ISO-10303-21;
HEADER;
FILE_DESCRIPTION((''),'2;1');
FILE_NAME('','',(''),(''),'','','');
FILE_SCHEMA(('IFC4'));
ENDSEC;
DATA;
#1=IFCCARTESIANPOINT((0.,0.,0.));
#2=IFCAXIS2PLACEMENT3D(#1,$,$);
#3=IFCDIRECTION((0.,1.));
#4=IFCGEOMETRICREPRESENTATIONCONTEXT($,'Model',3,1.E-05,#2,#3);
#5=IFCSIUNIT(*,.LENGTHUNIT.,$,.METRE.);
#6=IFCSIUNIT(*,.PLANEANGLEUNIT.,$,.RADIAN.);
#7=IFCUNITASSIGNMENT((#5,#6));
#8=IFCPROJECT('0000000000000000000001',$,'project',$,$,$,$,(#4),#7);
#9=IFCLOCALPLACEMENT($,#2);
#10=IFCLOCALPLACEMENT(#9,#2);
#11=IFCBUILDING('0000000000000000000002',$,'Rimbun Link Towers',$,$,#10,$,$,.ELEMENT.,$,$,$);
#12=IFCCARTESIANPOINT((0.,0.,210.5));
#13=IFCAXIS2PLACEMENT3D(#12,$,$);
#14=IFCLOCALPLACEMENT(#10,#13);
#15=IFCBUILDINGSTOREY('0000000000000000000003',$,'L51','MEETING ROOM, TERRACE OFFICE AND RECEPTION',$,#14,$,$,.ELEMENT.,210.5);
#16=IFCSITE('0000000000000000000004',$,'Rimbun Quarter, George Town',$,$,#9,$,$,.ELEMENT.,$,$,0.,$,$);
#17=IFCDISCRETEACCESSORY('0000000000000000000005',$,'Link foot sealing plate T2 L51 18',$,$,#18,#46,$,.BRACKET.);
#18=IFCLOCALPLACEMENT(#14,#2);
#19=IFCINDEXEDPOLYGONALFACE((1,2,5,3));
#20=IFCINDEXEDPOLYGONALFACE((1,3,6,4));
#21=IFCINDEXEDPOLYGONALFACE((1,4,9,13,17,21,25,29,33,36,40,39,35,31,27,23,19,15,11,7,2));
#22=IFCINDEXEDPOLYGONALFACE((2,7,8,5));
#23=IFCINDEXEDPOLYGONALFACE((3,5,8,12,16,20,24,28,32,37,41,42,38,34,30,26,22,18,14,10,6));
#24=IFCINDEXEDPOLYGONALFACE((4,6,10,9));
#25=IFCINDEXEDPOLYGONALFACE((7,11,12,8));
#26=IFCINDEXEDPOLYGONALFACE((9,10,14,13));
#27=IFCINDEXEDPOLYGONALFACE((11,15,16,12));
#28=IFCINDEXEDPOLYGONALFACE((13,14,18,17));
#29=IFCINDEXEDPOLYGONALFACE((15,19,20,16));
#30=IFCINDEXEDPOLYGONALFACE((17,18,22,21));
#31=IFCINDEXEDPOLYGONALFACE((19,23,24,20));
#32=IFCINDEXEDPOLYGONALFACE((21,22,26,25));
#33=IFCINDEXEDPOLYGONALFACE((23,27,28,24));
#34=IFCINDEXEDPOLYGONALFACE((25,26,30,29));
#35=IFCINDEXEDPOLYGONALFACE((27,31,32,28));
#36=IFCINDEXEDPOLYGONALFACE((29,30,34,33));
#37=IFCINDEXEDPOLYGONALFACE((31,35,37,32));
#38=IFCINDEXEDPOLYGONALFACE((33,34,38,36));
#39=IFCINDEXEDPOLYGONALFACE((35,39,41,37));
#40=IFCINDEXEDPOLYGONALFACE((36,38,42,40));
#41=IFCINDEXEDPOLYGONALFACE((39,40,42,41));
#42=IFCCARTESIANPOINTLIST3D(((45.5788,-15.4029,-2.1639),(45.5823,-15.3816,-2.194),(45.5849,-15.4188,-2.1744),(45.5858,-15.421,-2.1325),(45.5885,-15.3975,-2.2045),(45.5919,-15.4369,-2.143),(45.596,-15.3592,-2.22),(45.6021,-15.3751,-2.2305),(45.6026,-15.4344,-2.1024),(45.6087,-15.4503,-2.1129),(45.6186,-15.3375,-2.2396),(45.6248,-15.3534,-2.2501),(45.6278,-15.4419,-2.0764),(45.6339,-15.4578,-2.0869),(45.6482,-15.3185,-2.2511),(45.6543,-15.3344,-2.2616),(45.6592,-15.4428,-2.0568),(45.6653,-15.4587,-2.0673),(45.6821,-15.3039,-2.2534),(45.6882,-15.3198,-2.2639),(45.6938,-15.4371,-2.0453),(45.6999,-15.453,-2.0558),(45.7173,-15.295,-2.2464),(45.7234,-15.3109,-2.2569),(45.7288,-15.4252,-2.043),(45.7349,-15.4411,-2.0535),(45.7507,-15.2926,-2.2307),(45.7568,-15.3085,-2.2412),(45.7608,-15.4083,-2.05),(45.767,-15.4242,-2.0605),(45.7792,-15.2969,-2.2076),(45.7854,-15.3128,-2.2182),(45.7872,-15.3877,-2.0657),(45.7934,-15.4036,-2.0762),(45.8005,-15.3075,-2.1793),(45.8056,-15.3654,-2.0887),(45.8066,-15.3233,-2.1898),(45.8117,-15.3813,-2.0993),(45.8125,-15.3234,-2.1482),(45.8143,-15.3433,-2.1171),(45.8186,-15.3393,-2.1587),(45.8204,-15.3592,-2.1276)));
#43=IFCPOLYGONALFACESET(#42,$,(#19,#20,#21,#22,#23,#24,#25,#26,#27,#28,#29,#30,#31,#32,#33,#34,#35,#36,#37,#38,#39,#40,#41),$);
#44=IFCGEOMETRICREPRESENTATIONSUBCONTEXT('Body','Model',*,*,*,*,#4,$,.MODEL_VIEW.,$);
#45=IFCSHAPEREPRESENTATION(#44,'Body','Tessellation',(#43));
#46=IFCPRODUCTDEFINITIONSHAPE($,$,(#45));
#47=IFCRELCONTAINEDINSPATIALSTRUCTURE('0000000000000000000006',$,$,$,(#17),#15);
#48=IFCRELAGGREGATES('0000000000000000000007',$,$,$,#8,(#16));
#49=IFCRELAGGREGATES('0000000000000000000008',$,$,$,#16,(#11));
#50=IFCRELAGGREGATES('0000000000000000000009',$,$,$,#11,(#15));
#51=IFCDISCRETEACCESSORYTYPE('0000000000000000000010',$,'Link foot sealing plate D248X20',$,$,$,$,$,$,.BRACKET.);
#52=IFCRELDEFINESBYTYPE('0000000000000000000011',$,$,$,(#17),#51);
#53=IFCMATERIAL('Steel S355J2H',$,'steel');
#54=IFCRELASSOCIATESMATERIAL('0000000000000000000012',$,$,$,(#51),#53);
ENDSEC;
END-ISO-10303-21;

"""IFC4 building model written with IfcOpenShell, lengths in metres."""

from ifc_helpers import new_model, si_unit, direction, frame, origin, origin_2d, place, context, subcontext, project, spatial, circle, extrude, material, material_profile, profile_set, type_object, element, save


model = new_model("IFC4")

# Units and contexts
model_context = context("Model", 3, precision=1e-05, world=origin(), true_north=direction((0.0, 1.0)))
body_context = subcontext(model_context, "Body", "Model", "MODEL_VIEW")
ifc_project = project(units=[si_unit("LENGTHUNIT", "METRE"), si_unit("PLANEANGLEUNIT", "RADIAN")], contexts=[model_context])

# Site, building, storey
site_placement = place(None, origin())
site = spatial("IfcSite", under=ifc_project, at=site_placement, Name="Rimbun Quarter, George Town", CompositionType="ELEMENT", RefElevation=0.0)
building_placement = place(site_placement, origin())
building = spatial("IfcBuilding", under=site, at=building_placement, Name="Rimbun Link Towers", CompositionType="ELEMENT")
storey_placement = place(building_placement, frame((0.0, 0.0, 210.5)))
storey = spatial("IfcBuildingStorey", under=building, at=storey_placement, Name="L51", Description="MEETING ROOM, TERRACE OFFICE AND RECEPTION", CompositionType="ELEMENT", Elevation=210.5)

# Discrete accessory
ifc_material_1 = material(Name="Steel S355J2H", Category="steel")
ifc_material_profile_1 = material_profile(ifc_material_1, circle(Radius=0.124, at=origin_2d()), Name="PL D248")
ifc_profile_set_1 = profile_set([ifc_material_profile_1], Name="Steel S355J2H")
discrete_accessory_type = type_object("IfcDiscreteAccessoryType", Name="Link foot sealing plate D248X20", PredefinedType="BRACKET", material=ifc_profile_set_1)
discrete_accessory_placement = place(storey_placement, frame((45.6968, -15.3679, -2.1482), z_axis=(0.305446, -0.794161, -0.525368), x_axis=(0.933346, 0.358979, 0.0)))
element("IfcDiscreteAccessory", 1, at=discrete_accessory_placement, inside=storey, type_object=discrete_accessory_type, Name="Link foot sealing plate T2 L51 18", PredefinedType="BRACKET", context=body_context, shape_type="SweptSolid", body=[
    extrude(circle(Radius=0.124, at=origin_2d()), origin(), (0.0, 0.0, 1.0), 0.02),
])

save(model, "model.ifc")
